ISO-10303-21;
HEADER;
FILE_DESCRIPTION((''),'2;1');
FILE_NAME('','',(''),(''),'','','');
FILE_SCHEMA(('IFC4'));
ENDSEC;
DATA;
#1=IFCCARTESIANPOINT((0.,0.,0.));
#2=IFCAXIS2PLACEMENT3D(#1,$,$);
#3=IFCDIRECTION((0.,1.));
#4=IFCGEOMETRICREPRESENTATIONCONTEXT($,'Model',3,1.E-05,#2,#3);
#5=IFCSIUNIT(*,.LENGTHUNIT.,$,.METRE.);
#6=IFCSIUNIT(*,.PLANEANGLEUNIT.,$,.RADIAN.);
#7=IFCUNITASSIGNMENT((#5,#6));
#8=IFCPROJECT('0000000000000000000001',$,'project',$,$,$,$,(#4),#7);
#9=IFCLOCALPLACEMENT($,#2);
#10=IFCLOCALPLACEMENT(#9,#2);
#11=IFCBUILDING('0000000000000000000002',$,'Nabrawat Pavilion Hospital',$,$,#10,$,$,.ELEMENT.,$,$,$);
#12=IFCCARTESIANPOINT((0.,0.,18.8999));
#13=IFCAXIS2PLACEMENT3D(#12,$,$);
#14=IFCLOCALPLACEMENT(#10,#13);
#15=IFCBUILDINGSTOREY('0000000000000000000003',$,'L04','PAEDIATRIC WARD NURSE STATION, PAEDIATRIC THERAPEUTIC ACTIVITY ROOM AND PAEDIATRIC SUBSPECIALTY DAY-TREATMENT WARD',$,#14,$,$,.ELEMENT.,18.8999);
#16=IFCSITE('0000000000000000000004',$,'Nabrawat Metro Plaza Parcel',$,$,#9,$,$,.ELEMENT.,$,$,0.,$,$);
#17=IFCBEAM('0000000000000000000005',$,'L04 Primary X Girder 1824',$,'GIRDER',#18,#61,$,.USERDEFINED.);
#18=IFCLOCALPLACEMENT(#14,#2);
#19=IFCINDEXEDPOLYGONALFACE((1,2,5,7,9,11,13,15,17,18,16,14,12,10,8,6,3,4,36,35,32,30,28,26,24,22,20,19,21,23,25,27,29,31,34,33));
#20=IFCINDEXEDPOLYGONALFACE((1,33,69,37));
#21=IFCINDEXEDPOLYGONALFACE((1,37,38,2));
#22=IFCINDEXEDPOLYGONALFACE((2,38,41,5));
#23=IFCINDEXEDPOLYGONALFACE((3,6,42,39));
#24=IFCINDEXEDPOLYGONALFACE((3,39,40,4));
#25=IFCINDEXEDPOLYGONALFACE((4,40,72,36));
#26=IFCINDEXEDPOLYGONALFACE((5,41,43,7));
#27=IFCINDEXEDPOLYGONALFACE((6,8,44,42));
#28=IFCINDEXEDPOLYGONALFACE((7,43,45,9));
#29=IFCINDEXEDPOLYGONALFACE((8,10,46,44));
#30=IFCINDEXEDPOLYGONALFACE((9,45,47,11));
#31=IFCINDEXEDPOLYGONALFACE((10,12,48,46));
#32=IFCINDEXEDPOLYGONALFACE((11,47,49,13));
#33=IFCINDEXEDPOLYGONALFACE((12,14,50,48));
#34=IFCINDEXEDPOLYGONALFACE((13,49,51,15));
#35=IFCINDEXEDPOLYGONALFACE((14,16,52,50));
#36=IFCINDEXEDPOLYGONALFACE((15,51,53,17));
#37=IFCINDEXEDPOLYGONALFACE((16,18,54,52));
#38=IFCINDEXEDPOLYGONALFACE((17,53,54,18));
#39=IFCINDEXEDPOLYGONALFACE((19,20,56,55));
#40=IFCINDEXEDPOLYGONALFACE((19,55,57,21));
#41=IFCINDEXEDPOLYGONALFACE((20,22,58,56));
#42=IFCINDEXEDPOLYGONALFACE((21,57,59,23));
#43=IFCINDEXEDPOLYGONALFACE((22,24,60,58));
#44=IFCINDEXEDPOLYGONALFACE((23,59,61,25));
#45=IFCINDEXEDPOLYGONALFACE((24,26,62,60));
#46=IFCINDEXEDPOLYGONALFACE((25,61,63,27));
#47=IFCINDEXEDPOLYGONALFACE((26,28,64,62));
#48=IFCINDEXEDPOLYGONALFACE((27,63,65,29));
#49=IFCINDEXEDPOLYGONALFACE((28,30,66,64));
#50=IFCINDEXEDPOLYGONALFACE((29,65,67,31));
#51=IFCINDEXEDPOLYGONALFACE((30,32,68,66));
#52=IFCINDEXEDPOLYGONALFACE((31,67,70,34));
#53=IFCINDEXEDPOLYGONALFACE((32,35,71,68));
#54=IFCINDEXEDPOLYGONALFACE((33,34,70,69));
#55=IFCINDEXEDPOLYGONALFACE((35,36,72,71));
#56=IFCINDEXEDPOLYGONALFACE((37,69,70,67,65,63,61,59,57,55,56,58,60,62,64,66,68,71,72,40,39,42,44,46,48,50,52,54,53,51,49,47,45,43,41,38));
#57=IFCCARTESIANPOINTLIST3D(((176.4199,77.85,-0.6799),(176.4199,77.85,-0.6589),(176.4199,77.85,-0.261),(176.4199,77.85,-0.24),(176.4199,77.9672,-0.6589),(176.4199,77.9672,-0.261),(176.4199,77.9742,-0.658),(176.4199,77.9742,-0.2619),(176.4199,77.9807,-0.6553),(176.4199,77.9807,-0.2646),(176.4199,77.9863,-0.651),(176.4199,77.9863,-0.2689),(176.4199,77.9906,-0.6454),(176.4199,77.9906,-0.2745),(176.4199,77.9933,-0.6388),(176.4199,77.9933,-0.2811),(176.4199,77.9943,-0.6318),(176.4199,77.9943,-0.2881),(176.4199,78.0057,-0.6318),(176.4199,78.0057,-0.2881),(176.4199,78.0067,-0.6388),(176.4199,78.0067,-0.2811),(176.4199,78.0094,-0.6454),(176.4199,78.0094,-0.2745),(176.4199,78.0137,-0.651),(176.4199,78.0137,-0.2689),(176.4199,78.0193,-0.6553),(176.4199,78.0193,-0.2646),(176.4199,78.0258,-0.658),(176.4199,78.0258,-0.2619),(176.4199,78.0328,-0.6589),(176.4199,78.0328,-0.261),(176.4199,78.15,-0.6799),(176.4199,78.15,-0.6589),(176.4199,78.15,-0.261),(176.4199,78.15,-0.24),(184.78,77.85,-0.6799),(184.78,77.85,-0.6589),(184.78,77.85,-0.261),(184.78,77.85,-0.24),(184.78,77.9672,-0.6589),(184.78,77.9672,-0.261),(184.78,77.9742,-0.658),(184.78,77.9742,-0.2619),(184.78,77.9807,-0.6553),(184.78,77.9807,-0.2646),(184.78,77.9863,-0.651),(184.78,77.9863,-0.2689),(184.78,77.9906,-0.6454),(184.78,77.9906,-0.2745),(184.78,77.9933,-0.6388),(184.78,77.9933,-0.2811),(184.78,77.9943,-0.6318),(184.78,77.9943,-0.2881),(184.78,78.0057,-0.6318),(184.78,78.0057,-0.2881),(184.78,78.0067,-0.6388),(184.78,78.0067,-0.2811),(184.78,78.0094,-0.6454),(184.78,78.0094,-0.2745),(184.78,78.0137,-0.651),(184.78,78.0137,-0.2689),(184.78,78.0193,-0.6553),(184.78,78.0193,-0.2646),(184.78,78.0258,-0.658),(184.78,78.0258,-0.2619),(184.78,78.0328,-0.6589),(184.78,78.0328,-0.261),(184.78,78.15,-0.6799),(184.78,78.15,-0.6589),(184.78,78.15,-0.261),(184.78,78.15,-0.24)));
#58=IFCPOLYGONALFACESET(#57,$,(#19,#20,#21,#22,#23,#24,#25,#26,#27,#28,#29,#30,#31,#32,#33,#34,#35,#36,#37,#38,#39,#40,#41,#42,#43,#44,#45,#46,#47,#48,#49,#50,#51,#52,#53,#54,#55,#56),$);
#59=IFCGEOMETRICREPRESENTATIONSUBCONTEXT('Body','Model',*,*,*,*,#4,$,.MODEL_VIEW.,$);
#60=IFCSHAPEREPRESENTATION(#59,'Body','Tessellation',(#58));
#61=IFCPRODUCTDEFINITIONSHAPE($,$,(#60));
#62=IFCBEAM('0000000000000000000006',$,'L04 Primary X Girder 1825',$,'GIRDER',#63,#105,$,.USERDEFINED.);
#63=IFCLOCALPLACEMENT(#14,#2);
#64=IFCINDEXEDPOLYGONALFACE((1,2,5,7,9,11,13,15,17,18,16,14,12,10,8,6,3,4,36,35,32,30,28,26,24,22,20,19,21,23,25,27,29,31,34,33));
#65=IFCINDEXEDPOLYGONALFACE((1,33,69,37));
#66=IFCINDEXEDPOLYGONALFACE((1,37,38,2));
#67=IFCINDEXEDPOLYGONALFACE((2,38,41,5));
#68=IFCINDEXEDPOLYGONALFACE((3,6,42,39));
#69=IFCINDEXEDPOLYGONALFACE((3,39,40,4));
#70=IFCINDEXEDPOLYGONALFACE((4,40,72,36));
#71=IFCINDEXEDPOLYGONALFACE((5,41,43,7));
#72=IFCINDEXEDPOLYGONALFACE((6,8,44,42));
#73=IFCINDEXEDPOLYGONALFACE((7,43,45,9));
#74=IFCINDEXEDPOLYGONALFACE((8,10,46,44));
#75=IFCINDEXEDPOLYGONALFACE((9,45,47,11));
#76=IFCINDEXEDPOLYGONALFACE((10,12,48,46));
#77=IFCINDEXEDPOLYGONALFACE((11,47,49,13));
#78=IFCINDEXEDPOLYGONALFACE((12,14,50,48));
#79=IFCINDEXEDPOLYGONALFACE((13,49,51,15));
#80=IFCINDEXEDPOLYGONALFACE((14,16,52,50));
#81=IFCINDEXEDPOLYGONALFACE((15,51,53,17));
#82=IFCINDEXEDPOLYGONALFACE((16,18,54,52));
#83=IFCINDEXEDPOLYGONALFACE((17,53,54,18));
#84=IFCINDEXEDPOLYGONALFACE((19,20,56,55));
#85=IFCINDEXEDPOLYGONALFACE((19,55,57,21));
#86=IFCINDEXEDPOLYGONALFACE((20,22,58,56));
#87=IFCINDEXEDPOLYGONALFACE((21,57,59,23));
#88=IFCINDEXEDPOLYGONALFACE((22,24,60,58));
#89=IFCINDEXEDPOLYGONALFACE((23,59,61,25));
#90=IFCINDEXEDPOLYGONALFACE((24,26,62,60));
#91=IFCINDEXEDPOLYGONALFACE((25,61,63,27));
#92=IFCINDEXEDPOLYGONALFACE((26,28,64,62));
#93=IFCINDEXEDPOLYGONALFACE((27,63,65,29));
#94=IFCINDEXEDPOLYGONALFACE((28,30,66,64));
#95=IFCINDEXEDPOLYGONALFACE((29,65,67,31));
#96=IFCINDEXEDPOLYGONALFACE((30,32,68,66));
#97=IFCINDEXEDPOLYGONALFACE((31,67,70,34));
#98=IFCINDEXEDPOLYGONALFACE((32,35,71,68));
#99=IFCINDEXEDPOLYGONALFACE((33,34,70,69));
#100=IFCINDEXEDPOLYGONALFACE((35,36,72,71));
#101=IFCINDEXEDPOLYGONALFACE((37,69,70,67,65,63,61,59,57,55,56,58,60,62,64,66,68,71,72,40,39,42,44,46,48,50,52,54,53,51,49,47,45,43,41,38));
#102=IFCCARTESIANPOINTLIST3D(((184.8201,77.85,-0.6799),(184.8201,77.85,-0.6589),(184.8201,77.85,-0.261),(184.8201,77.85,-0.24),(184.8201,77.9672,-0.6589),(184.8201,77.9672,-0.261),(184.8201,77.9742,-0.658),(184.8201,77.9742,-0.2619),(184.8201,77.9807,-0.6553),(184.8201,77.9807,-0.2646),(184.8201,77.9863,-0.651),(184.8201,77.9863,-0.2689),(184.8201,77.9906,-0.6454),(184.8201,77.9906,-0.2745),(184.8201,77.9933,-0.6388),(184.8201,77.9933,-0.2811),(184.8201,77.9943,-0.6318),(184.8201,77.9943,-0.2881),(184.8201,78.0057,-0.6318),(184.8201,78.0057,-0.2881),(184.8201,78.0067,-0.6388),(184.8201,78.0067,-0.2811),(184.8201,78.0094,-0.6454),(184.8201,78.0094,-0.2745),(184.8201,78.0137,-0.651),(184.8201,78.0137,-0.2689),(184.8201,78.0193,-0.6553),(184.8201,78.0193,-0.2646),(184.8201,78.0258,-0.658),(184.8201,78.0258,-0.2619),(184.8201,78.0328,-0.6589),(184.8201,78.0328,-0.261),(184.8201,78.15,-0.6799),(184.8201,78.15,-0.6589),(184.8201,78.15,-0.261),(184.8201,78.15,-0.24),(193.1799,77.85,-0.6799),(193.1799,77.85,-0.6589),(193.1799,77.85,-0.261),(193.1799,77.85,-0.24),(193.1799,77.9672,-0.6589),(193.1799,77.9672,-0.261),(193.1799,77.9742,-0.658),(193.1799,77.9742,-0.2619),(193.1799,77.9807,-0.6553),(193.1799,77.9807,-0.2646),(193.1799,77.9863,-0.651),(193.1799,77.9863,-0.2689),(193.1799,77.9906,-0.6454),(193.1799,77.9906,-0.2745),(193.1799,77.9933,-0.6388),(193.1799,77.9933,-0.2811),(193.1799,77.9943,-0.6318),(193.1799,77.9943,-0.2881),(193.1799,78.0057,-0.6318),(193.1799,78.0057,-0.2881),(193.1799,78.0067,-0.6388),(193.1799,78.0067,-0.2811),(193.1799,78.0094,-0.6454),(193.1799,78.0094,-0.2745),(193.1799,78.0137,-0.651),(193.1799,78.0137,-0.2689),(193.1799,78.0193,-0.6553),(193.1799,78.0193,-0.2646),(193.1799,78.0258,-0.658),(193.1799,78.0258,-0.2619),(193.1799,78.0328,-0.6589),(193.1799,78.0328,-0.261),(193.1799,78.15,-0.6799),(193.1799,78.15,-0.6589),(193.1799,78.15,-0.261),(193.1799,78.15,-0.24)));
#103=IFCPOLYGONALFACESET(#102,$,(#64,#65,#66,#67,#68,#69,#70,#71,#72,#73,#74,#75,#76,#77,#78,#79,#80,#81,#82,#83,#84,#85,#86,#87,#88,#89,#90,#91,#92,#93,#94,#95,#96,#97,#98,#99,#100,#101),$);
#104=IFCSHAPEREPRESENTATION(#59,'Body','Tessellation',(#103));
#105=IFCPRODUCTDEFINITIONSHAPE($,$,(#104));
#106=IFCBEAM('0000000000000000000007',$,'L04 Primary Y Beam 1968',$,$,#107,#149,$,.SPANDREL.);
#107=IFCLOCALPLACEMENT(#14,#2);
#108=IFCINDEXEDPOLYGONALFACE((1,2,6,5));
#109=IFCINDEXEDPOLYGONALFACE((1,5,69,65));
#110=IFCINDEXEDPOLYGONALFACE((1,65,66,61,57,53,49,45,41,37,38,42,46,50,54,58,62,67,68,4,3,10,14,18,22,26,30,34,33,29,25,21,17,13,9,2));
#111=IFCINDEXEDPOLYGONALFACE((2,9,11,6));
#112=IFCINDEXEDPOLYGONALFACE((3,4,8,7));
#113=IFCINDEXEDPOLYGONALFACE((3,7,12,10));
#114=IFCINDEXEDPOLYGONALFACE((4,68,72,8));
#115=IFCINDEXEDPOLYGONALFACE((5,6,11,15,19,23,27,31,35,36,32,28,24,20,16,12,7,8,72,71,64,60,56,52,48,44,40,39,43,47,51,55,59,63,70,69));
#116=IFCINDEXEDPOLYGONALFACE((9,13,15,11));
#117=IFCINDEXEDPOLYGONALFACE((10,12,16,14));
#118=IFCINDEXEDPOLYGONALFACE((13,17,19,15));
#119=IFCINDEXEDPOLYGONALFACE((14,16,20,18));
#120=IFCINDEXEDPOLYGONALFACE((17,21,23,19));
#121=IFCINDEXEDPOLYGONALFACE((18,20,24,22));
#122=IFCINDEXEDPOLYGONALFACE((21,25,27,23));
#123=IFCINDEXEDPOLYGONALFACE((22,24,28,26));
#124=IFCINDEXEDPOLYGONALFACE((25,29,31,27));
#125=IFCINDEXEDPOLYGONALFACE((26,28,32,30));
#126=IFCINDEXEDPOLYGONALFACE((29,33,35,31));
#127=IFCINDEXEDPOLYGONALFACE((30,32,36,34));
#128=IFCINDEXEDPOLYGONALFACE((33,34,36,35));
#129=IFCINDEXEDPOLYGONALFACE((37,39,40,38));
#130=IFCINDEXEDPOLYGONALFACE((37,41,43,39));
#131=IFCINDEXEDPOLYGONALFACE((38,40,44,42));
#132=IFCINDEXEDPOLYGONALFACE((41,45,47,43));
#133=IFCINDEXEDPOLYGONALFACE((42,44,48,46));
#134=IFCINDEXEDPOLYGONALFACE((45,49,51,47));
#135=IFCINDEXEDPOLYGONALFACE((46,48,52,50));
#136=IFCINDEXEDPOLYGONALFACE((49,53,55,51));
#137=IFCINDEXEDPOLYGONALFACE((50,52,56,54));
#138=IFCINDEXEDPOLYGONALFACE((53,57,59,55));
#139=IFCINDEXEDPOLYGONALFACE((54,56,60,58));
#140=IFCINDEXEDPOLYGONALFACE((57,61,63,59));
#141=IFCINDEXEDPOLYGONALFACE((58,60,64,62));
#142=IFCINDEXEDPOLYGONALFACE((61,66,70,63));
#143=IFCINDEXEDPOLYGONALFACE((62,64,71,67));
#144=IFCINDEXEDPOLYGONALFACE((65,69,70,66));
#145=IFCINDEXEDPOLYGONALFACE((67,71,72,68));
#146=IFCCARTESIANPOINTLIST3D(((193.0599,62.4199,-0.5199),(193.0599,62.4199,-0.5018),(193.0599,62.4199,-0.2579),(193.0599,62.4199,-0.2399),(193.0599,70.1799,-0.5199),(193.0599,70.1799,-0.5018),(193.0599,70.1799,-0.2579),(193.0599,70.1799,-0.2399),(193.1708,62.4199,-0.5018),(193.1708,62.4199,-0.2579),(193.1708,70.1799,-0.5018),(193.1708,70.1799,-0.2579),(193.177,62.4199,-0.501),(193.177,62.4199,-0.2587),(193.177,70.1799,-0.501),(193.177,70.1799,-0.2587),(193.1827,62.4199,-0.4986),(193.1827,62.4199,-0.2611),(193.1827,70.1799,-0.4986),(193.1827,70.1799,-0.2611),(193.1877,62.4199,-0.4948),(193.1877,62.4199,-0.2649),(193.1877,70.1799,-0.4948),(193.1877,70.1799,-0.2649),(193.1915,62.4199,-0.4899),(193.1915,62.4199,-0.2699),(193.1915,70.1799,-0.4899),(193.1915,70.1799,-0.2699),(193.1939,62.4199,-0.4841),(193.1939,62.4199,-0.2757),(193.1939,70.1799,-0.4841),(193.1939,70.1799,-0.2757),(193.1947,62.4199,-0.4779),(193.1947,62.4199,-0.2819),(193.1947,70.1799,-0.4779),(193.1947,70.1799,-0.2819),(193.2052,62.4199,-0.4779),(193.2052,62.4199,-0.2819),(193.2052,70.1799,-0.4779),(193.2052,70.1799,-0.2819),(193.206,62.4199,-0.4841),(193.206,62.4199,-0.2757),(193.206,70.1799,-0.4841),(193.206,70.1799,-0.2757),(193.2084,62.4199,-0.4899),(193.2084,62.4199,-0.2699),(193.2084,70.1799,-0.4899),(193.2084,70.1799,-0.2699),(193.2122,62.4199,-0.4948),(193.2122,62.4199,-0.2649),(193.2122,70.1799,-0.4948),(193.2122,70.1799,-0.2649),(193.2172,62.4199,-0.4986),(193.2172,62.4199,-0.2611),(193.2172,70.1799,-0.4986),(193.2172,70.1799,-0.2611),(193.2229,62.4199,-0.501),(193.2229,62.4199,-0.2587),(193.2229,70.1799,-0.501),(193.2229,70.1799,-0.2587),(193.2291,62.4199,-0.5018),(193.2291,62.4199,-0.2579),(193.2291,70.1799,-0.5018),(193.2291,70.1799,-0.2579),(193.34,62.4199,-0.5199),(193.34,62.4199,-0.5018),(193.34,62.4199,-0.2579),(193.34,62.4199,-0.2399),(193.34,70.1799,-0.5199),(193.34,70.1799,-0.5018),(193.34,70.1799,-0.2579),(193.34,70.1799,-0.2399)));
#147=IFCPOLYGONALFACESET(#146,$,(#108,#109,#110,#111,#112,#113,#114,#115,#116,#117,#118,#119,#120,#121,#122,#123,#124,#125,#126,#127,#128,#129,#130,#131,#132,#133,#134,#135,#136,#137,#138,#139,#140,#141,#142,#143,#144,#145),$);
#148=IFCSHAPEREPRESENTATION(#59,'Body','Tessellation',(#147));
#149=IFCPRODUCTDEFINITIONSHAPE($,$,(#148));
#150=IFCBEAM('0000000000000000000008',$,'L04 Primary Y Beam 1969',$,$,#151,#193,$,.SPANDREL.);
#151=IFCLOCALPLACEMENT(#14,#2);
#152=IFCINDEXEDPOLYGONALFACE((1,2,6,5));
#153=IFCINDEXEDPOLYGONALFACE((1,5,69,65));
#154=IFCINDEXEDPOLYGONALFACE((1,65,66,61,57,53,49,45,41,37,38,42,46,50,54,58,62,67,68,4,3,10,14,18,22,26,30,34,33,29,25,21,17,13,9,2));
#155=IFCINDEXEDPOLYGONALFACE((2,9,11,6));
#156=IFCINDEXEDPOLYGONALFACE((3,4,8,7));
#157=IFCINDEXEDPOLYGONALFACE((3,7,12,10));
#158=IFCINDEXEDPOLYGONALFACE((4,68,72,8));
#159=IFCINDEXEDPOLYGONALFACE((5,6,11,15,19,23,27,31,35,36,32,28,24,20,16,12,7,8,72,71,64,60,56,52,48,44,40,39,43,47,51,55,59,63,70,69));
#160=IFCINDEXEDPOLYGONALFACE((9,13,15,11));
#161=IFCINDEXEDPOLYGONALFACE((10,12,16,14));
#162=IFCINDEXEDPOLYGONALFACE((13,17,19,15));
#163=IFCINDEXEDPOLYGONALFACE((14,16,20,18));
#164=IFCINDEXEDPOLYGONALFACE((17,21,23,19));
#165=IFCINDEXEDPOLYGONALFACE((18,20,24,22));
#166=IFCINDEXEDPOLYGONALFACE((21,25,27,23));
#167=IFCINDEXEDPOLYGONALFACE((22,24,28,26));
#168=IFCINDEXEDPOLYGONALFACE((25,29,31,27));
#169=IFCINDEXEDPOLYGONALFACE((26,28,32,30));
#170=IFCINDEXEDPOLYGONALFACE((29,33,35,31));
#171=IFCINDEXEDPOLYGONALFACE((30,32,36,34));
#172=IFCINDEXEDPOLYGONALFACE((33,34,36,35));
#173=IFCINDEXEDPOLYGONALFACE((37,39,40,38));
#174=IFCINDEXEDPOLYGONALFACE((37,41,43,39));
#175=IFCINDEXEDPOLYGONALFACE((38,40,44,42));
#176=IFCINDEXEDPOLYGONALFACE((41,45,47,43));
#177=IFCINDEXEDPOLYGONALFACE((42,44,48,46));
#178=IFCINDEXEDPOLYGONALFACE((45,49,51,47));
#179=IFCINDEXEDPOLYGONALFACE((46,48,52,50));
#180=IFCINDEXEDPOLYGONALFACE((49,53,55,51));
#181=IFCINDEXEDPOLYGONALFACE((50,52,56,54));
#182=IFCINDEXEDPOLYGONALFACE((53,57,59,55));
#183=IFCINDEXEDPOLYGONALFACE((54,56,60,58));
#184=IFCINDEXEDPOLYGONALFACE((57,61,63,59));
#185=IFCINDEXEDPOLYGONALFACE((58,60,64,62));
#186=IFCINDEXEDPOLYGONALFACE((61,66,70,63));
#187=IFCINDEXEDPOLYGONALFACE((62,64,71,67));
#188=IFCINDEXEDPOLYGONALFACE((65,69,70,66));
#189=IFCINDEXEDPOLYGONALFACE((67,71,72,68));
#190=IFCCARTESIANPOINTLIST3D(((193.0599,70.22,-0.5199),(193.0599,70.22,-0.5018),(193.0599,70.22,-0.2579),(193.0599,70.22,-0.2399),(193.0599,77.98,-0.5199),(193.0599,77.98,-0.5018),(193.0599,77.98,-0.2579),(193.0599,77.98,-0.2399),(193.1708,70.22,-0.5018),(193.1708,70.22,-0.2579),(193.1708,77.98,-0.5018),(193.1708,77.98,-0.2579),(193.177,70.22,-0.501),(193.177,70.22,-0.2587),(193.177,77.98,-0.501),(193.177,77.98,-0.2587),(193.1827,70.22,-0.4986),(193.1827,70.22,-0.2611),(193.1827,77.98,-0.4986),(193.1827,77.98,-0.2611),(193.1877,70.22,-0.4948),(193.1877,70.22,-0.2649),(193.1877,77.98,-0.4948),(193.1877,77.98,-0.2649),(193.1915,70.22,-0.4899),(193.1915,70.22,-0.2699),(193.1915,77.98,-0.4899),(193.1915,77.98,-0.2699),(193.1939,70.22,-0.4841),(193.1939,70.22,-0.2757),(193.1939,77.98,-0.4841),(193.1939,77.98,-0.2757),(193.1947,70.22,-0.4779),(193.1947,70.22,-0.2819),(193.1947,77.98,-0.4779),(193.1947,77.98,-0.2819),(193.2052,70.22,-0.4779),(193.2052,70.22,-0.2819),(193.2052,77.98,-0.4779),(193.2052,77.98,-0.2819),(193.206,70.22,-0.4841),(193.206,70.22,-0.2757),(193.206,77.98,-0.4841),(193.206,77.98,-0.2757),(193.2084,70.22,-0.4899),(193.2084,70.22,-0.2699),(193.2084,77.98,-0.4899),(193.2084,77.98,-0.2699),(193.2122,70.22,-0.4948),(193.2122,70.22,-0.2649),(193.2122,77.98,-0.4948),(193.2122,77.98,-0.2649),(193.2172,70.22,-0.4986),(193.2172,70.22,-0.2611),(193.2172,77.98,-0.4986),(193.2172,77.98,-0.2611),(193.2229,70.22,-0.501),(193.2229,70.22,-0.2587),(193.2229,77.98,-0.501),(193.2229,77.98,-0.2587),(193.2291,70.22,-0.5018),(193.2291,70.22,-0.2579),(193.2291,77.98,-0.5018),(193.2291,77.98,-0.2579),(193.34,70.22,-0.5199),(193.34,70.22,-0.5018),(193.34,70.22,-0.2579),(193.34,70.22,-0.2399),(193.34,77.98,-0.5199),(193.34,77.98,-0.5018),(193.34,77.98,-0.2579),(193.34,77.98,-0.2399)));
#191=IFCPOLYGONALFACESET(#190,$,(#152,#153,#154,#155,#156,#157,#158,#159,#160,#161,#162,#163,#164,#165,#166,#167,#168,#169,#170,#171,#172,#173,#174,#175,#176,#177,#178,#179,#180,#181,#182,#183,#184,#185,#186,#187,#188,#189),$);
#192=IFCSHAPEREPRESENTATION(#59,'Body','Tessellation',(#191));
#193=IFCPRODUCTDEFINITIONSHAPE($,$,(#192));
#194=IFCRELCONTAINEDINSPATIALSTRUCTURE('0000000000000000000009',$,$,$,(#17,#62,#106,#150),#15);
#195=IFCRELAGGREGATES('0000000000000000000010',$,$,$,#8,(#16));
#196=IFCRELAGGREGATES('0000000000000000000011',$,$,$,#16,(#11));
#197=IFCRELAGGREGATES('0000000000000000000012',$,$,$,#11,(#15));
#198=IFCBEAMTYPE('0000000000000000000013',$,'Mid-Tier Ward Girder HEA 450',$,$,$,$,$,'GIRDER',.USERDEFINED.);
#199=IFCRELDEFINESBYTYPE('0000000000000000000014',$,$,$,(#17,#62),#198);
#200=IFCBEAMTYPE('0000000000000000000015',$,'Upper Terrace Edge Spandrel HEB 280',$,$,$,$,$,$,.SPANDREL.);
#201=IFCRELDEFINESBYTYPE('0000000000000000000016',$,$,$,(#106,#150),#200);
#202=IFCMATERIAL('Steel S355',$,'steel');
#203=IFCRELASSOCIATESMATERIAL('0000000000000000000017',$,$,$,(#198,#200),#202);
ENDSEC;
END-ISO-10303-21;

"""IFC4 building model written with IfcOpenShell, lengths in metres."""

from ifc_helpers import new_model, si_unit, direction, frame, origin, origin_2d, place, context, subcontext, project, spatial, i_section, extrude, material, material_profile, profile_set, type_object, element, save


model = new_model("IFC4")

# Units and contexts
model_context = context("Model", 3, precision=1e-05, world=origin(), true_north=direction((0.0, 1.0)))
body_context = subcontext(model_context, "Body", "Model", "MODEL_VIEW")
ifc_project = project(units=[si_unit("LENGTHUNIT", "METRE"), si_unit("PLANEANGLEUNIT", "RADIAN")], contexts=[model_context])

# Site, building, storey
site_placement = place(None, origin())
site = spatial("IfcSite", under=ifc_project, at=site_placement, Name="Nabrawat Metro Plaza Parcel", CompositionType="ELEMENT", RefElevation=0.0)
building_placement = place(site_placement, origin())
building = spatial("IfcBuilding", under=site, at=building_placement, Name="Nabrawat Pavilion Hospital", CompositionType="ELEMENT")
storey_placement = place(building_placement, frame((0.0, 0.0, 18.8999)))
storey = spatial("IfcBuildingStorey", under=building, at=storey_placement, Name="L04", Description="PAEDIATRIC WARD NURSE STATION, PAEDIATRIC THERAPEUTIC ACTIVITY ROOM AND PAEDIATRIC SUBSPECIALTY DAY-TREATMENT WARD", CompositionType="ELEMENT", Elevation=18.8999)

# Shared definitions
ifc_material_1 = material(Name="Steel S355", Category="steel")

# Beams
ifc_material_profile_1 = material_profile(ifc_material_1, i_section(OverallWidth=0.3, OverallDepth=0.4399, WebThickness=0.0115, FlangeThickness=0.021, FilletRadius=0.0271, at=origin_2d()), Name="HEA 450")
ifc_profile_set_1 = profile_set([ifc_material_profile_1], Name="Steel S355")
beam_type_1 = type_object("IfcBeamType", Name="Mid-Tier Ward Girder HEA 450", ElementType="GIRDER", PredefinedType="USERDEFINED", material=ifc_profile_set_1)
beam_1_placement = place(storey_placement, frame((176.4199, 78.0, -0.46), z_axis=(1.0, 0.0, 0.0), x_axis=(0.0, 1.0, 0.0)))
element("IfcBeam", 1, at=beam_1_placement, inside=storey, type_object=beam_type_1, Name="L04 Primary X Girder 1824", ObjectType="GIRDER", PredefinedType="USERDEFINED", context=body_context, shape_type="SweptSolid", body=[
    extrude(i_section(OverallWidth=0.3, OverallDepth=0.4399, WebThickness=0.0115, FlangeThickness=0.021, FilletRadius=0.0271, at=origin_2d()), origin(), (0.0, 0.0, 1.0), 8.3601),
])
beam_2_placement = place(storey_placement, frame((184.8201, 78.0, -0.46), z_axis=(1.0, 0.0, 0.0), x_axis=(0.0, 1.0, 0.0)))
element("IfcBeam", 2, at=beam_2_placement, inside=storey, type_object=beam_type_1, Name="L04 Primary X Girder 1825", ObjectType="GIRDER", PredefinedType="USERDEFINED", context=body_context, shape_type="SweptSolid", body=[
    extrude(i_section(OverallWidth=0.3, OverallDepth=0.4399, WebThickness=0.0115, FlangeThickness=0.021, FilletRadius=0.0271, at=origin_2d()), origin(), (0.0, 0.0, 1.0), 8.3599),
])
ifc_material_profile_2 = material_profile(ifc_material_1, i_section(OverallWidth=0.28, OverallDepth=0.28, WebThickness=0.0105, FlangeThickness=0.0181, FilletRadius=0.0239, at=origin_2d()), Name="HEB 280")
ifc_profile_set_2 = profile_set([ifc_material_profile_2], Name="Steel S355")
beam_type_2 = type_object("IfcBeamType", Name="Upper Terrace Edge Spandrel HEB 280", PredefinedType="SPANDREL", material=ifc_profile_set_2)
for number, where, z_axis, x_axis, name in (
    (3, (193.2, 62.4199, -0.3799), (0.0, 1.0, 0.0), (-1.0, 0.0, 0.0), "L04 Primary Y Beam 1968"),
    (4, (193.2, 70.22, -0.3799), (0.0, 1.0, 0.0), (-1.0, 0.0, 0.0), "L04 Primary Y Beam 1969"),
):
    element("IfcBeam", number, at=place(storey_placement, frame(where, z_axis=z_axis, x_axis=x_axis)), inside=storey, type_object=beam_type_2, Name=name, PredefinedType="SPANDREL", context=body_context, shape_type="SweptSolid", body=[
        extrude(i_section(OverallWidth=0.28, OverallDepth=0.28, WebThickness=0.0105, FlangeThickness=0.0181, FilletRadius=0.0239, at=origin_2d()), origin(), (0.0, 0.0, 1.0), 7.76),
    ])

save(model, "model.ifc")
